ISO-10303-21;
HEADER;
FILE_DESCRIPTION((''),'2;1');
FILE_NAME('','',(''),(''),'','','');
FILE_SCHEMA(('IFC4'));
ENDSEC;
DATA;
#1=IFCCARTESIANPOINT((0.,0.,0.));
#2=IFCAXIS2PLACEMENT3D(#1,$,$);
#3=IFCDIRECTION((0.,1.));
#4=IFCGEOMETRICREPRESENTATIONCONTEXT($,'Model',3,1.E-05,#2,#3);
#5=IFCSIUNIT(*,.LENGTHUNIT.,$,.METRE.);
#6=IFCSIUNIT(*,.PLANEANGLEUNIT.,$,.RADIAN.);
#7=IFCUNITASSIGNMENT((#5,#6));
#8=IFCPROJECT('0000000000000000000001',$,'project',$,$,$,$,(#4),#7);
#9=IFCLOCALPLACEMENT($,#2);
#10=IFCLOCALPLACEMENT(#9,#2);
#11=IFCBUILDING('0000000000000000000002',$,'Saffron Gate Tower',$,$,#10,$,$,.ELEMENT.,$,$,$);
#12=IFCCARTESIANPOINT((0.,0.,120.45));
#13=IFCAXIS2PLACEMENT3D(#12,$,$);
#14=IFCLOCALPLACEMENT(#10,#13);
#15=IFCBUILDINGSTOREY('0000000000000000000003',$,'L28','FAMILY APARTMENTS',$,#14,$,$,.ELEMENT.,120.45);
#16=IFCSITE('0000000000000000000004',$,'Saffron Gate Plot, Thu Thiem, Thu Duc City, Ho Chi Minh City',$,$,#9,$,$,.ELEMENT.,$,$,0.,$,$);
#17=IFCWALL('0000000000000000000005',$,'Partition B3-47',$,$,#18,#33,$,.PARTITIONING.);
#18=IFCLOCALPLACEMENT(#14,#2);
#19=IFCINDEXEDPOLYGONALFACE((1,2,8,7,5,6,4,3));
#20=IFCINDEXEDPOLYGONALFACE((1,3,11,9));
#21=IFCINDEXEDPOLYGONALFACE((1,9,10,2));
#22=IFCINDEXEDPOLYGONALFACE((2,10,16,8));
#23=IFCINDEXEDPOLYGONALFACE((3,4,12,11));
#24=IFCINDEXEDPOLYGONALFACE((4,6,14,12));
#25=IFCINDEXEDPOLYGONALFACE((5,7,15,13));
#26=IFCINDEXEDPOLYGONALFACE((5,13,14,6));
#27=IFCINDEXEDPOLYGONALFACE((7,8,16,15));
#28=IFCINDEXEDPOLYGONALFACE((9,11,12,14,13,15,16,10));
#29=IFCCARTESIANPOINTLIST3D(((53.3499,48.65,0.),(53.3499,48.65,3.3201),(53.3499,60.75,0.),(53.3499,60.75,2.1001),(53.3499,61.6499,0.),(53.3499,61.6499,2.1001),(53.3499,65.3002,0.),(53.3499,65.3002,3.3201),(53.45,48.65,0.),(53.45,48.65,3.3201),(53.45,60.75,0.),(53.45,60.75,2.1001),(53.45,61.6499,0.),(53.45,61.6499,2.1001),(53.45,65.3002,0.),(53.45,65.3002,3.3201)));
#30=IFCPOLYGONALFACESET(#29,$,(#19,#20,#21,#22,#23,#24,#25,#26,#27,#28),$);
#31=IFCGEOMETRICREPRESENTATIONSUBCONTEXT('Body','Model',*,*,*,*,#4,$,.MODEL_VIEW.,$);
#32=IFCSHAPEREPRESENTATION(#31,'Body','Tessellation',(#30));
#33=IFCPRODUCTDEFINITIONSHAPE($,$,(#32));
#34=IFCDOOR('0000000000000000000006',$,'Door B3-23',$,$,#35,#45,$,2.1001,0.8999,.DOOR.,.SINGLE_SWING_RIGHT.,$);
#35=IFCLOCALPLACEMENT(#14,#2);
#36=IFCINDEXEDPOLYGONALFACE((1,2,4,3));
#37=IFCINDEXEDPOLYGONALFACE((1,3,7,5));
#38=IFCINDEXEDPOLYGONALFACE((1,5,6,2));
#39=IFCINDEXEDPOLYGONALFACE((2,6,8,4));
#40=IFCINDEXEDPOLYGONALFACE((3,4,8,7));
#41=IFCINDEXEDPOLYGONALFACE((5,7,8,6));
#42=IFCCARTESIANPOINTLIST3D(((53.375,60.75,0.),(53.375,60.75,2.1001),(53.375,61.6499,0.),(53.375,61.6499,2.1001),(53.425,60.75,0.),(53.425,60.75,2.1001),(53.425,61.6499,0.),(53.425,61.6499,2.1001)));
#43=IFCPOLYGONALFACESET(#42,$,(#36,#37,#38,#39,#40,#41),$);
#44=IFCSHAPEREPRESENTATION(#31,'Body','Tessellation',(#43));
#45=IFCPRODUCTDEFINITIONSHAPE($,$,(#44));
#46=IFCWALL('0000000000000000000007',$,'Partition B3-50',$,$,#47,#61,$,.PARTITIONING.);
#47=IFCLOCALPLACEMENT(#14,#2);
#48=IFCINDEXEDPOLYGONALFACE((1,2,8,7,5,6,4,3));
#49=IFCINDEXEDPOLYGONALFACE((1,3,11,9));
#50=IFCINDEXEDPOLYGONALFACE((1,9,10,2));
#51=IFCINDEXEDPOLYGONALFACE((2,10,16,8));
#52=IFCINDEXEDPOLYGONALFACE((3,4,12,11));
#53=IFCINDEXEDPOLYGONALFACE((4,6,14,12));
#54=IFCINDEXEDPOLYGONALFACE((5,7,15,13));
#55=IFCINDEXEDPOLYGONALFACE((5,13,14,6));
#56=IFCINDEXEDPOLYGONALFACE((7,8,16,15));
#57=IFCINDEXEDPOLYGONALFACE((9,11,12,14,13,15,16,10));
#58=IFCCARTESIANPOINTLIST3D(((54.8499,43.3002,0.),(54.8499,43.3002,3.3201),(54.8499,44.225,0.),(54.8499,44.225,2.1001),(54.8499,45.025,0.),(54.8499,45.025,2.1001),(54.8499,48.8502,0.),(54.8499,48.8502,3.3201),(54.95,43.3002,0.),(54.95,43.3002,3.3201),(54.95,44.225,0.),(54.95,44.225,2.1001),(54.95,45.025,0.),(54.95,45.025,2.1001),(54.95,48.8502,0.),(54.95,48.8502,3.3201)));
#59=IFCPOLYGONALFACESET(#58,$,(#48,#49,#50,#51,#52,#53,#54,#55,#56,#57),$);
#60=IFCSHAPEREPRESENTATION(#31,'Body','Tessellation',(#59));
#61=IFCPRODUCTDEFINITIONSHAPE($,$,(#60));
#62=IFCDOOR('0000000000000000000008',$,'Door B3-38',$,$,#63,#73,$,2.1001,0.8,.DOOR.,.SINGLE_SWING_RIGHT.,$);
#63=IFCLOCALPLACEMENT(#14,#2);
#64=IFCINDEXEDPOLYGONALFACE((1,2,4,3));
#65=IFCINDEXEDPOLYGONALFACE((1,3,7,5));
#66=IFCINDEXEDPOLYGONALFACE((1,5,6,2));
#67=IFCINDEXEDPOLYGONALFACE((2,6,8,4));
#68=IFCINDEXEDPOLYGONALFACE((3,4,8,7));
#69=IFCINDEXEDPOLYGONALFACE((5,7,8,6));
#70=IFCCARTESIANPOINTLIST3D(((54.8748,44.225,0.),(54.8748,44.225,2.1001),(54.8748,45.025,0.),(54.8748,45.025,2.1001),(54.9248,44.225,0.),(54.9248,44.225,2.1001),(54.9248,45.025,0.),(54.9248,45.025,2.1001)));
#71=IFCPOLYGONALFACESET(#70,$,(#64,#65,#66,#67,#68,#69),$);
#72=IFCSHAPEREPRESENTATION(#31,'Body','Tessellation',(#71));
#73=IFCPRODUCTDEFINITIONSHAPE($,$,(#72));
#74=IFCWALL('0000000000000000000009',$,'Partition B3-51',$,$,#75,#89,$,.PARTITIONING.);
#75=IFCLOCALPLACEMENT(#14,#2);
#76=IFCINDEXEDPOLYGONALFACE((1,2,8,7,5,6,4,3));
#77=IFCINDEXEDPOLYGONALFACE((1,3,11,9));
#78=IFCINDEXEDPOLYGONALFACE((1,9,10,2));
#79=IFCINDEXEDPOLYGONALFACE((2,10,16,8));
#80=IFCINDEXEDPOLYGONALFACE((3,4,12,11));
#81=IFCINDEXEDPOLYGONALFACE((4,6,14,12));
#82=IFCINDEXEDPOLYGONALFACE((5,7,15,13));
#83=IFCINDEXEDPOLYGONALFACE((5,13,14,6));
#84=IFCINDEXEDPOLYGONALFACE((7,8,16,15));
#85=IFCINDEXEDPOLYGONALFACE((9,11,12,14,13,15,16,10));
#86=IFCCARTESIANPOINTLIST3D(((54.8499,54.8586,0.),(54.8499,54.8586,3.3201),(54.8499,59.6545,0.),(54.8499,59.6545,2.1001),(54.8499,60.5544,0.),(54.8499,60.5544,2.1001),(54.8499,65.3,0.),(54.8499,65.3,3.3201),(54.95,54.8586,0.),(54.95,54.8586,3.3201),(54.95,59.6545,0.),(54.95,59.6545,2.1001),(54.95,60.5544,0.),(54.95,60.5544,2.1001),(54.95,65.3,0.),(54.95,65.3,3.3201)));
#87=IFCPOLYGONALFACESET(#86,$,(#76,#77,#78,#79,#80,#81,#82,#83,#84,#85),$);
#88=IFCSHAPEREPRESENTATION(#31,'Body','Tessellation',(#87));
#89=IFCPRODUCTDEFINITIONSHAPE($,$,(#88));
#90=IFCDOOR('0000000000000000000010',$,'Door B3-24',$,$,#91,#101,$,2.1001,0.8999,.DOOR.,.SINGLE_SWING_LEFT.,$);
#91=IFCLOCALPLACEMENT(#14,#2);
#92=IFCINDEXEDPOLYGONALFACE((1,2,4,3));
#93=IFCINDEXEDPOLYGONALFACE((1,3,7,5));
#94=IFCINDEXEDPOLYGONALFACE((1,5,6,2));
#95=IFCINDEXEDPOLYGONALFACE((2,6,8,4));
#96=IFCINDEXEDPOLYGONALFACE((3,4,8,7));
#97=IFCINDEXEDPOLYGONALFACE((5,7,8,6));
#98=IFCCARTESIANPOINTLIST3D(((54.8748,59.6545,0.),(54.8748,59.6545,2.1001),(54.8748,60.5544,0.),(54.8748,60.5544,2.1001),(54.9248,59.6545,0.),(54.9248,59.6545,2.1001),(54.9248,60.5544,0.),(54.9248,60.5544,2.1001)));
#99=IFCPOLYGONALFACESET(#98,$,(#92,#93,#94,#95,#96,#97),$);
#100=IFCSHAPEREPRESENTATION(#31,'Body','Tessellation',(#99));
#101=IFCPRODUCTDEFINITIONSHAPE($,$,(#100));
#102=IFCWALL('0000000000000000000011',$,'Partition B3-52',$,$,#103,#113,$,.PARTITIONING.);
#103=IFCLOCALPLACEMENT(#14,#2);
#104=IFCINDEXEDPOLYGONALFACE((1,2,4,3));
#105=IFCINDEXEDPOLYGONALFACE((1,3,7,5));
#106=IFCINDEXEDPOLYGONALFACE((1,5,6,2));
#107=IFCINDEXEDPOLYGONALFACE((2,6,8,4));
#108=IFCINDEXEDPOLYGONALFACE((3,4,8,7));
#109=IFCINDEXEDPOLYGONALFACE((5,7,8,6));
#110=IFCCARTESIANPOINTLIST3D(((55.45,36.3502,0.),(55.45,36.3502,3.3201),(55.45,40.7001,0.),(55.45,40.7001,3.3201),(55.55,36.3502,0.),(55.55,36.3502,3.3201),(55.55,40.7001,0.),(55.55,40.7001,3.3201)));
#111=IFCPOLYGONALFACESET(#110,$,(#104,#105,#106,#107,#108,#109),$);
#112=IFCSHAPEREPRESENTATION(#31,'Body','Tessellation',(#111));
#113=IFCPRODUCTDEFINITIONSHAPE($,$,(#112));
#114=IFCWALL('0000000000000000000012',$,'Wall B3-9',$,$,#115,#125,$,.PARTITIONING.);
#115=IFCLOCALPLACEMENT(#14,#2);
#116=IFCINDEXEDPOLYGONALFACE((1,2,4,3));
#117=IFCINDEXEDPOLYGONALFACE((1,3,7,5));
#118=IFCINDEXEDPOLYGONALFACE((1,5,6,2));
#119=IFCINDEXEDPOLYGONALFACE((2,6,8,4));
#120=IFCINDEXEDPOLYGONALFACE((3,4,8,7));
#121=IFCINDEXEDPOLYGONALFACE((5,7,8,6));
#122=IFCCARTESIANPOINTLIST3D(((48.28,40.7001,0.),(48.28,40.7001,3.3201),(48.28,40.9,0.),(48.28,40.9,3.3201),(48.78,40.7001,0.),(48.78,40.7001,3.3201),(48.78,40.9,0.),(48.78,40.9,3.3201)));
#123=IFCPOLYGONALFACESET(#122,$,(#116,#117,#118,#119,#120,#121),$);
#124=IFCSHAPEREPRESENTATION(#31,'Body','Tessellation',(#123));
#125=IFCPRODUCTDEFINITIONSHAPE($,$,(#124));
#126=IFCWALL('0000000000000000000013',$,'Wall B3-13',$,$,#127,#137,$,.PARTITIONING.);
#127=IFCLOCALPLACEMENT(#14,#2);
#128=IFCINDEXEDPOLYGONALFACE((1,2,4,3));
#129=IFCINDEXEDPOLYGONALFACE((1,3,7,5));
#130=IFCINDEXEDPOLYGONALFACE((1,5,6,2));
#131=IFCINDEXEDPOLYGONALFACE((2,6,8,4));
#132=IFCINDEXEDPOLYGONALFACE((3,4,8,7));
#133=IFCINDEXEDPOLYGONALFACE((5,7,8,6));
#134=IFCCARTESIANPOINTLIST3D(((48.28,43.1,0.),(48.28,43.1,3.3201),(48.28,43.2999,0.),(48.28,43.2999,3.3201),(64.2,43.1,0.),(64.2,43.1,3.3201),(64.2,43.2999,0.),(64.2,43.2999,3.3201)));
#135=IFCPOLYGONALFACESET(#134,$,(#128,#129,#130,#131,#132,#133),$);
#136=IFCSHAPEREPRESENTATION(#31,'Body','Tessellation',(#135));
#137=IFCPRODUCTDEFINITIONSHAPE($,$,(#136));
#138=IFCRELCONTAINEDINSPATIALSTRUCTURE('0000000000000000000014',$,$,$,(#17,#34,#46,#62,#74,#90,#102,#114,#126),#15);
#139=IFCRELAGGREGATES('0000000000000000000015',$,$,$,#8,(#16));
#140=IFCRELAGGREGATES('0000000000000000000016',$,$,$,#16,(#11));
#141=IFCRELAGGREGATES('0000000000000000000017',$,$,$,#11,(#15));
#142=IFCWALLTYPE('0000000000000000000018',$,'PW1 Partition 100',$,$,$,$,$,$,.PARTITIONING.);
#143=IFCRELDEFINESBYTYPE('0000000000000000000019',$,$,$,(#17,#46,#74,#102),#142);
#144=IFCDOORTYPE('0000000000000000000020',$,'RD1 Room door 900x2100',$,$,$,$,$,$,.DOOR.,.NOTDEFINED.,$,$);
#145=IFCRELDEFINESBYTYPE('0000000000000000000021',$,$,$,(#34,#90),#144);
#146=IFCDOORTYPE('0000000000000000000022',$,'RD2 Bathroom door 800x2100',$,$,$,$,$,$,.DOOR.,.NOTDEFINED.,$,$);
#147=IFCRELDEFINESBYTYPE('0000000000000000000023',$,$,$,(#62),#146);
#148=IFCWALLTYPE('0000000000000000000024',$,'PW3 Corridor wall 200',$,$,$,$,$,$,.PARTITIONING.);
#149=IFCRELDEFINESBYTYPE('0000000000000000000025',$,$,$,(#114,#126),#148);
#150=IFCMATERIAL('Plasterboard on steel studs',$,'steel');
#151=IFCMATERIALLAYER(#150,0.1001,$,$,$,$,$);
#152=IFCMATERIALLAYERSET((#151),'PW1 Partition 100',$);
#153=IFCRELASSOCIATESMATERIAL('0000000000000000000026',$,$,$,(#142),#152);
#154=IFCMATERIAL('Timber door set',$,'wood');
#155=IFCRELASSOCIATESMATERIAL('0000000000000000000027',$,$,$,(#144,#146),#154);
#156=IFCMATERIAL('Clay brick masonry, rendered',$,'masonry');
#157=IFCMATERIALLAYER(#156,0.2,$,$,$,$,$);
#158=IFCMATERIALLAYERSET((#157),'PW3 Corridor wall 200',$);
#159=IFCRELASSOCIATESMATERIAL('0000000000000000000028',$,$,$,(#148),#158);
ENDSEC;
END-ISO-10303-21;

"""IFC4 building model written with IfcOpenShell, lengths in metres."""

from ifc_helpers import new_model, si_unit, direction, frame, frame_2d, origin, place, context, subcontext, project, spatial, rectangle, extrude, material, layer, layer_set, type_object, element, fill, save


model = new_model("IFC4")

# Units and contexts
model_context = context("Model", 3, precision=1e-05, world=origin(), true_north=direction((0.0, 1.0)))
body_context = subcontext(model_context, "Body", "Model", "MODEL_VIEW")
ifc_project = project(units=[si_unit("LENGTHUNIT", "METRE"), si_unit("PLANEANGLEUNIT", "RADIAN")], contexts=[model_context])

# Site, building, storey
site_placement = place(None, origin())
site = spatial("IfcSite", under=ifc_project, at=site_placement, Name="Saffron Gate Plot, Thu Thiem, Thu Duc City, Ho Chi Minh City", CompositionType="ELEMENT", RefElevation=0.0)
building_placement = place(site_placement, origin())
building = spatial("IfcBuilding", under=site, at=building_placement, Name="Saffron Gate Tower", CompositionType="ELEMENT")
storey_placement = place(building_placement, frame((0.0, 0.0, 120.45)))
storey = spatial("IfcBuildingStorey", under=building, at=storey_placement, Name="L28", Description="FAMILY APARTMENTS", CompositionType="ELEMENT", Elevation=120.45)

# Shared definitions
ifc_material_1 = material(Name="Plasterboard on steel studs", Category="steel")
ifc_layer_1 = layer(ifc_material_1, 0.1001)
ifc_layer_set_1 = layer_set([ifc_layer_1], Name="PW1 Partition 100")
wall_type_1 = type_object("IfcWallType", Name="PW1 Partition 100", PredefinedType="PARTITIONING", material=ifc_layer_set_1)

# Shared definitions
ifc_material_2 = material(Name="Timber door set", Category="wood")
door_type_1 = type_object("IfcDoorType", Name="RD1 Room door 900x2100", OperationType="NOTDEFINED", PredefinedType="DOOR", material=ifc_material_2)
door_type_2 = type_object("IfcDoorType", Name="RD2 Bathroom door 800x2100", OperationType="NOTDEFINED", PredefinedType="DOOR", material=ifc_material_2)

# Walls, openings, doors
wall_1_placement = place(storey_placement, frame((53.3999, 48.6499, 0.0), z_axis=(0.0, 0.0, 1.0), x_axis=(0.0, 1.0, 0.0)))
wall_1 = element("IfcWall", 1, at=wall_1_placement, inside=storey, type_object=wall_type_1, Name="Partition B3-47", PredefinedType="PARTITIONING", context=body_context, shape_type="SweptSolid", body=[
    extrude(rectangle(XDim=16.6501, YDim=0.1001, at=frame_2d((8.3252, 0.0))), origin(), (0.0, 0.0, 1.0), 3.3201),
])
opening_1_placement = place(wall_1_placement, frame((12.1001, 0.0, 0.0)))
opening_1 = element("IfcOpeningElement", 2, at=opening_1_placement, cuts=wall_1, PredefinedType="OPENING", context=body_context, shape_type="SweptSolid", body=[
    extrude(rectangle(XDim=0.8999, YDim=2.1001, at=frame_2d((0.45, 1.05))), frame((0.0, 0.0601, 0.0), z_axis=(0.0, -1.0, 0.0), x_axis=(1.0, 0.0, 0.0)), (0.0, 0.0, 1.0), 0.1201),
])
door_1_placement = place(opening_1_placement, origin())
door_1 = element("IfcDoor", 3, at=door_1_placement, inside=storey, type_object=door_type_1, Name="Door B3-23", OperationType="SINGLE_SWING_RIGHT", OverallHeight=2.1001, OverallWidth=0.8999, PredefinedType="DOOR", context=body_context, shape_type="SweptSolid", body=[
    extrude(rectangle(XDim=0.8999, YDim=2.1001, at=frame_2d((0.45, 1.05))), frame((0.0, 0.0249, 0.0), z_axis=(0.0, -1.0, 0.0), x_axis=(1.0, 0.0, 0.0)), (0.0, 0.0, 1.0), 0.05),
])
fill(opening_1, door_1)
wall_2_placement = place(storey_placement, frame((54.8999, 48.8501, 0.0), z_axis=(0.0, 0.0, 1.0), x_axis=(0.0, -1.0, 0.0)))
wall_2 = element("IfcWall", 4, at=wall_2_placement, inside=storey, type_object=wall_type_1, Name="Partition B3-50", PredefinedType="PARTITIONING", context=body_context, shape_type="SweptSolid", body=[
    extrude(rectangle(XDim=5.55, YDim=0.1001, at=frame_2d((2.7749, 0.0))), origin(), (0.0, 0.0, 1.0), 3.3201),
])
opening_2_placement = place(wall_2_placement, frame((3.8252, 0.0, 0.0)))
opening_2 = element("IfcOpeningElement", 5, at=opening_2_placement, cuts=wall_2, PredefinedType="OPENING", context=body_context, shape_type="SweptSolid", body=[
    extrude(rectangle(XDim=0.8, YDim=2.1001, at=frame_2d((0.3999, 1.05))), frame((0.0, 0.0601, 0.0), z_axis=(0.0, -1.0, 0.0), x_axis=(1.0, 0.0, 0.0)), (0.0, 0.0, 1.0), 0.1201),
])
door_2_placement = place(opening_2_placement, origin())
door_2 = element("IfcDoor", 6, at=door_2_placement, inside=storey, type_object=door_type_2, Name="Door B3-38", OperationType="SINGLE_SWING_RIGHT", OverallHeight=2.1001, OverallWidth=0.8, PredefinedType="DOOR", context=body_context, shape_type="SweptSolid", body=[
    extrude(rectangle(XDim=0.8, YDim=2.1001, at=frame_2d((0.3999, 1.05))), frame((0.0, 0.0249, 0.0), z_axis=(0.0, -1.0, 0.0), x_axis=(1.0, 0.0, 0.0)), (0.0, 0.0, 1.0), 0.05),
])
fill(opening_2, door_2)
wall_3_placement = place(storey_placement, frame((54.8999, 65.3, 0.0), z_axis=(0.0, 0.0, 1.0), x_axis=(0.0, -1.0, 0.0)))
wall_3 = element("IfcWall", 7, at=wall_3_placement, inside=storey, type_object=wall_type_1, Name="Partition B3-51", PredefinedType="PARTITIONING", context=body_context, shape_type="SweptSolid", body=[
    extrude(rectangle(XDim=10.4414, YDim=0.1001, at=frame_2d((5.2207, 0.0))), origin(), (0.0, 0.0, 1.0), 3.3201),
])
opening_3_placement = place(wall_3_placement, frame((4.7456, 0.0, 0.0)))
opening_3 = element("IfcOpeningElement", 8, at=opening_3_placement, cuts=wall_3, PredefinedType="OPENING", context=body_context, shape_type="SweptSolid", body=[
    extrude(rectangle(XDim=0.8999, YDim=2.1001, at=frame_2d((0.45, 1.05))), frame((0.0, 0.0601, 0.0), z_axis=(0.0, -1.0, 0.0), x_axis=(1.0, 0.0, 0.0)), (0.0, 0.0, 1.0), 0.1201),
])
door_3_placement = place(opening_3_placement, origin())
door_3 = element("IfcDoor", 9, at=door_3_placement, inside=storey, type_object=door_type_1, Name="Door B3-24", OperationType="SINGLE_SWING_LEFT", OverallHeight=2.1001, OverallWidth=0.8999, PredefinedType="DOOR", context=body_context, shape_type="SweptSolid", body=[
    extrude(rectangle(XDim=0.8999, YDim=2.1001, at=frame_2d((0.45, 1.05))), frame((0.0, 0.0249, 0.0), z_axis=(0.0, -1.0, 0.0), x_axis=(1.0, 0.0, 0.0)), (0.0, 0.0, 1.0), 0.05),
])
fill(opening_3, door_3)

# Walls
wall_4_placement = place(storey_placement, frame((55.5, 40.7, 0.0), z_axis=(0.0, 0.0, 1.0), x_axis=(0.0, -1.0, 0.0)))
element("IfcWall", 10, at=wall_4_placement, inside=storey, type_object=wall_type_1, Name="Partition B3-52", PredefinedType="PARTITIONING", context=body_context, shape_type="SweptSolid", body=[
    extrude(rectangle(XDim=4.3499, YDim=0.1001, at=frame_2d((2.1748, 0.0))), origin(), (0.0, 0.0, 1.0), 3.3201),
])
ifc_material_3 = material(Name="Clay brick masonry, rendered", Category="masonry")
ifc_layer_2 = layer(ifc_material_3, 0.2)
ifc_layer_set_2 = layer_set([ifc_layer_2], Name="PW3 Corridor wall 200")
wall_type_2 = type_object("IfcWallType", Name="PW3 Corridor wall 200", PredefinedType="PARTITIONING", material=ifc_layer_set_2)
wall_5_placement = place(storey_placement, frame((48.28, 40.8, 0.0), z_axis=(0.0, 0.0, 1.0), x_axis=(1.0, 0.0, 0.0)))
element("IfcWall", 11, at=wall_5_placement, inside=storey, type_object=wall_type_2, Name="Wall B3-9", PredefinedType="PARTITIONING", context=body_context, shape_type="SweptSolid", body=[
    extrude(rectangle(XDim=0.5, YDim=0.2, at=frame_2d((0.25, 0.0))), origin(), (0.0, 0.0, 1.0), 3.3201),
])
wall_6_placement = place(storey_placement, frame((48.28, 43.2, 0.0), z_axis=(0.0, 0.0, 1.0), x_axis=(1.0, 0.0, 0.0)))
element("IfcWall", 12, at=wall_6_placement, inside=storey, type_object=wall_type_2, Name="Wall B3-13", PredefinedType="PARTITIONING", context=body_context, shape_type="SweptSolid", body=[
    extrude(rectangle(XDim=15.9199, YDim=0.2, at=frame_2d((7.96, 0.0))), origin(), (0.0, 0.0, 1.0), 3.3201),
])

save(model, "model.ifc")
